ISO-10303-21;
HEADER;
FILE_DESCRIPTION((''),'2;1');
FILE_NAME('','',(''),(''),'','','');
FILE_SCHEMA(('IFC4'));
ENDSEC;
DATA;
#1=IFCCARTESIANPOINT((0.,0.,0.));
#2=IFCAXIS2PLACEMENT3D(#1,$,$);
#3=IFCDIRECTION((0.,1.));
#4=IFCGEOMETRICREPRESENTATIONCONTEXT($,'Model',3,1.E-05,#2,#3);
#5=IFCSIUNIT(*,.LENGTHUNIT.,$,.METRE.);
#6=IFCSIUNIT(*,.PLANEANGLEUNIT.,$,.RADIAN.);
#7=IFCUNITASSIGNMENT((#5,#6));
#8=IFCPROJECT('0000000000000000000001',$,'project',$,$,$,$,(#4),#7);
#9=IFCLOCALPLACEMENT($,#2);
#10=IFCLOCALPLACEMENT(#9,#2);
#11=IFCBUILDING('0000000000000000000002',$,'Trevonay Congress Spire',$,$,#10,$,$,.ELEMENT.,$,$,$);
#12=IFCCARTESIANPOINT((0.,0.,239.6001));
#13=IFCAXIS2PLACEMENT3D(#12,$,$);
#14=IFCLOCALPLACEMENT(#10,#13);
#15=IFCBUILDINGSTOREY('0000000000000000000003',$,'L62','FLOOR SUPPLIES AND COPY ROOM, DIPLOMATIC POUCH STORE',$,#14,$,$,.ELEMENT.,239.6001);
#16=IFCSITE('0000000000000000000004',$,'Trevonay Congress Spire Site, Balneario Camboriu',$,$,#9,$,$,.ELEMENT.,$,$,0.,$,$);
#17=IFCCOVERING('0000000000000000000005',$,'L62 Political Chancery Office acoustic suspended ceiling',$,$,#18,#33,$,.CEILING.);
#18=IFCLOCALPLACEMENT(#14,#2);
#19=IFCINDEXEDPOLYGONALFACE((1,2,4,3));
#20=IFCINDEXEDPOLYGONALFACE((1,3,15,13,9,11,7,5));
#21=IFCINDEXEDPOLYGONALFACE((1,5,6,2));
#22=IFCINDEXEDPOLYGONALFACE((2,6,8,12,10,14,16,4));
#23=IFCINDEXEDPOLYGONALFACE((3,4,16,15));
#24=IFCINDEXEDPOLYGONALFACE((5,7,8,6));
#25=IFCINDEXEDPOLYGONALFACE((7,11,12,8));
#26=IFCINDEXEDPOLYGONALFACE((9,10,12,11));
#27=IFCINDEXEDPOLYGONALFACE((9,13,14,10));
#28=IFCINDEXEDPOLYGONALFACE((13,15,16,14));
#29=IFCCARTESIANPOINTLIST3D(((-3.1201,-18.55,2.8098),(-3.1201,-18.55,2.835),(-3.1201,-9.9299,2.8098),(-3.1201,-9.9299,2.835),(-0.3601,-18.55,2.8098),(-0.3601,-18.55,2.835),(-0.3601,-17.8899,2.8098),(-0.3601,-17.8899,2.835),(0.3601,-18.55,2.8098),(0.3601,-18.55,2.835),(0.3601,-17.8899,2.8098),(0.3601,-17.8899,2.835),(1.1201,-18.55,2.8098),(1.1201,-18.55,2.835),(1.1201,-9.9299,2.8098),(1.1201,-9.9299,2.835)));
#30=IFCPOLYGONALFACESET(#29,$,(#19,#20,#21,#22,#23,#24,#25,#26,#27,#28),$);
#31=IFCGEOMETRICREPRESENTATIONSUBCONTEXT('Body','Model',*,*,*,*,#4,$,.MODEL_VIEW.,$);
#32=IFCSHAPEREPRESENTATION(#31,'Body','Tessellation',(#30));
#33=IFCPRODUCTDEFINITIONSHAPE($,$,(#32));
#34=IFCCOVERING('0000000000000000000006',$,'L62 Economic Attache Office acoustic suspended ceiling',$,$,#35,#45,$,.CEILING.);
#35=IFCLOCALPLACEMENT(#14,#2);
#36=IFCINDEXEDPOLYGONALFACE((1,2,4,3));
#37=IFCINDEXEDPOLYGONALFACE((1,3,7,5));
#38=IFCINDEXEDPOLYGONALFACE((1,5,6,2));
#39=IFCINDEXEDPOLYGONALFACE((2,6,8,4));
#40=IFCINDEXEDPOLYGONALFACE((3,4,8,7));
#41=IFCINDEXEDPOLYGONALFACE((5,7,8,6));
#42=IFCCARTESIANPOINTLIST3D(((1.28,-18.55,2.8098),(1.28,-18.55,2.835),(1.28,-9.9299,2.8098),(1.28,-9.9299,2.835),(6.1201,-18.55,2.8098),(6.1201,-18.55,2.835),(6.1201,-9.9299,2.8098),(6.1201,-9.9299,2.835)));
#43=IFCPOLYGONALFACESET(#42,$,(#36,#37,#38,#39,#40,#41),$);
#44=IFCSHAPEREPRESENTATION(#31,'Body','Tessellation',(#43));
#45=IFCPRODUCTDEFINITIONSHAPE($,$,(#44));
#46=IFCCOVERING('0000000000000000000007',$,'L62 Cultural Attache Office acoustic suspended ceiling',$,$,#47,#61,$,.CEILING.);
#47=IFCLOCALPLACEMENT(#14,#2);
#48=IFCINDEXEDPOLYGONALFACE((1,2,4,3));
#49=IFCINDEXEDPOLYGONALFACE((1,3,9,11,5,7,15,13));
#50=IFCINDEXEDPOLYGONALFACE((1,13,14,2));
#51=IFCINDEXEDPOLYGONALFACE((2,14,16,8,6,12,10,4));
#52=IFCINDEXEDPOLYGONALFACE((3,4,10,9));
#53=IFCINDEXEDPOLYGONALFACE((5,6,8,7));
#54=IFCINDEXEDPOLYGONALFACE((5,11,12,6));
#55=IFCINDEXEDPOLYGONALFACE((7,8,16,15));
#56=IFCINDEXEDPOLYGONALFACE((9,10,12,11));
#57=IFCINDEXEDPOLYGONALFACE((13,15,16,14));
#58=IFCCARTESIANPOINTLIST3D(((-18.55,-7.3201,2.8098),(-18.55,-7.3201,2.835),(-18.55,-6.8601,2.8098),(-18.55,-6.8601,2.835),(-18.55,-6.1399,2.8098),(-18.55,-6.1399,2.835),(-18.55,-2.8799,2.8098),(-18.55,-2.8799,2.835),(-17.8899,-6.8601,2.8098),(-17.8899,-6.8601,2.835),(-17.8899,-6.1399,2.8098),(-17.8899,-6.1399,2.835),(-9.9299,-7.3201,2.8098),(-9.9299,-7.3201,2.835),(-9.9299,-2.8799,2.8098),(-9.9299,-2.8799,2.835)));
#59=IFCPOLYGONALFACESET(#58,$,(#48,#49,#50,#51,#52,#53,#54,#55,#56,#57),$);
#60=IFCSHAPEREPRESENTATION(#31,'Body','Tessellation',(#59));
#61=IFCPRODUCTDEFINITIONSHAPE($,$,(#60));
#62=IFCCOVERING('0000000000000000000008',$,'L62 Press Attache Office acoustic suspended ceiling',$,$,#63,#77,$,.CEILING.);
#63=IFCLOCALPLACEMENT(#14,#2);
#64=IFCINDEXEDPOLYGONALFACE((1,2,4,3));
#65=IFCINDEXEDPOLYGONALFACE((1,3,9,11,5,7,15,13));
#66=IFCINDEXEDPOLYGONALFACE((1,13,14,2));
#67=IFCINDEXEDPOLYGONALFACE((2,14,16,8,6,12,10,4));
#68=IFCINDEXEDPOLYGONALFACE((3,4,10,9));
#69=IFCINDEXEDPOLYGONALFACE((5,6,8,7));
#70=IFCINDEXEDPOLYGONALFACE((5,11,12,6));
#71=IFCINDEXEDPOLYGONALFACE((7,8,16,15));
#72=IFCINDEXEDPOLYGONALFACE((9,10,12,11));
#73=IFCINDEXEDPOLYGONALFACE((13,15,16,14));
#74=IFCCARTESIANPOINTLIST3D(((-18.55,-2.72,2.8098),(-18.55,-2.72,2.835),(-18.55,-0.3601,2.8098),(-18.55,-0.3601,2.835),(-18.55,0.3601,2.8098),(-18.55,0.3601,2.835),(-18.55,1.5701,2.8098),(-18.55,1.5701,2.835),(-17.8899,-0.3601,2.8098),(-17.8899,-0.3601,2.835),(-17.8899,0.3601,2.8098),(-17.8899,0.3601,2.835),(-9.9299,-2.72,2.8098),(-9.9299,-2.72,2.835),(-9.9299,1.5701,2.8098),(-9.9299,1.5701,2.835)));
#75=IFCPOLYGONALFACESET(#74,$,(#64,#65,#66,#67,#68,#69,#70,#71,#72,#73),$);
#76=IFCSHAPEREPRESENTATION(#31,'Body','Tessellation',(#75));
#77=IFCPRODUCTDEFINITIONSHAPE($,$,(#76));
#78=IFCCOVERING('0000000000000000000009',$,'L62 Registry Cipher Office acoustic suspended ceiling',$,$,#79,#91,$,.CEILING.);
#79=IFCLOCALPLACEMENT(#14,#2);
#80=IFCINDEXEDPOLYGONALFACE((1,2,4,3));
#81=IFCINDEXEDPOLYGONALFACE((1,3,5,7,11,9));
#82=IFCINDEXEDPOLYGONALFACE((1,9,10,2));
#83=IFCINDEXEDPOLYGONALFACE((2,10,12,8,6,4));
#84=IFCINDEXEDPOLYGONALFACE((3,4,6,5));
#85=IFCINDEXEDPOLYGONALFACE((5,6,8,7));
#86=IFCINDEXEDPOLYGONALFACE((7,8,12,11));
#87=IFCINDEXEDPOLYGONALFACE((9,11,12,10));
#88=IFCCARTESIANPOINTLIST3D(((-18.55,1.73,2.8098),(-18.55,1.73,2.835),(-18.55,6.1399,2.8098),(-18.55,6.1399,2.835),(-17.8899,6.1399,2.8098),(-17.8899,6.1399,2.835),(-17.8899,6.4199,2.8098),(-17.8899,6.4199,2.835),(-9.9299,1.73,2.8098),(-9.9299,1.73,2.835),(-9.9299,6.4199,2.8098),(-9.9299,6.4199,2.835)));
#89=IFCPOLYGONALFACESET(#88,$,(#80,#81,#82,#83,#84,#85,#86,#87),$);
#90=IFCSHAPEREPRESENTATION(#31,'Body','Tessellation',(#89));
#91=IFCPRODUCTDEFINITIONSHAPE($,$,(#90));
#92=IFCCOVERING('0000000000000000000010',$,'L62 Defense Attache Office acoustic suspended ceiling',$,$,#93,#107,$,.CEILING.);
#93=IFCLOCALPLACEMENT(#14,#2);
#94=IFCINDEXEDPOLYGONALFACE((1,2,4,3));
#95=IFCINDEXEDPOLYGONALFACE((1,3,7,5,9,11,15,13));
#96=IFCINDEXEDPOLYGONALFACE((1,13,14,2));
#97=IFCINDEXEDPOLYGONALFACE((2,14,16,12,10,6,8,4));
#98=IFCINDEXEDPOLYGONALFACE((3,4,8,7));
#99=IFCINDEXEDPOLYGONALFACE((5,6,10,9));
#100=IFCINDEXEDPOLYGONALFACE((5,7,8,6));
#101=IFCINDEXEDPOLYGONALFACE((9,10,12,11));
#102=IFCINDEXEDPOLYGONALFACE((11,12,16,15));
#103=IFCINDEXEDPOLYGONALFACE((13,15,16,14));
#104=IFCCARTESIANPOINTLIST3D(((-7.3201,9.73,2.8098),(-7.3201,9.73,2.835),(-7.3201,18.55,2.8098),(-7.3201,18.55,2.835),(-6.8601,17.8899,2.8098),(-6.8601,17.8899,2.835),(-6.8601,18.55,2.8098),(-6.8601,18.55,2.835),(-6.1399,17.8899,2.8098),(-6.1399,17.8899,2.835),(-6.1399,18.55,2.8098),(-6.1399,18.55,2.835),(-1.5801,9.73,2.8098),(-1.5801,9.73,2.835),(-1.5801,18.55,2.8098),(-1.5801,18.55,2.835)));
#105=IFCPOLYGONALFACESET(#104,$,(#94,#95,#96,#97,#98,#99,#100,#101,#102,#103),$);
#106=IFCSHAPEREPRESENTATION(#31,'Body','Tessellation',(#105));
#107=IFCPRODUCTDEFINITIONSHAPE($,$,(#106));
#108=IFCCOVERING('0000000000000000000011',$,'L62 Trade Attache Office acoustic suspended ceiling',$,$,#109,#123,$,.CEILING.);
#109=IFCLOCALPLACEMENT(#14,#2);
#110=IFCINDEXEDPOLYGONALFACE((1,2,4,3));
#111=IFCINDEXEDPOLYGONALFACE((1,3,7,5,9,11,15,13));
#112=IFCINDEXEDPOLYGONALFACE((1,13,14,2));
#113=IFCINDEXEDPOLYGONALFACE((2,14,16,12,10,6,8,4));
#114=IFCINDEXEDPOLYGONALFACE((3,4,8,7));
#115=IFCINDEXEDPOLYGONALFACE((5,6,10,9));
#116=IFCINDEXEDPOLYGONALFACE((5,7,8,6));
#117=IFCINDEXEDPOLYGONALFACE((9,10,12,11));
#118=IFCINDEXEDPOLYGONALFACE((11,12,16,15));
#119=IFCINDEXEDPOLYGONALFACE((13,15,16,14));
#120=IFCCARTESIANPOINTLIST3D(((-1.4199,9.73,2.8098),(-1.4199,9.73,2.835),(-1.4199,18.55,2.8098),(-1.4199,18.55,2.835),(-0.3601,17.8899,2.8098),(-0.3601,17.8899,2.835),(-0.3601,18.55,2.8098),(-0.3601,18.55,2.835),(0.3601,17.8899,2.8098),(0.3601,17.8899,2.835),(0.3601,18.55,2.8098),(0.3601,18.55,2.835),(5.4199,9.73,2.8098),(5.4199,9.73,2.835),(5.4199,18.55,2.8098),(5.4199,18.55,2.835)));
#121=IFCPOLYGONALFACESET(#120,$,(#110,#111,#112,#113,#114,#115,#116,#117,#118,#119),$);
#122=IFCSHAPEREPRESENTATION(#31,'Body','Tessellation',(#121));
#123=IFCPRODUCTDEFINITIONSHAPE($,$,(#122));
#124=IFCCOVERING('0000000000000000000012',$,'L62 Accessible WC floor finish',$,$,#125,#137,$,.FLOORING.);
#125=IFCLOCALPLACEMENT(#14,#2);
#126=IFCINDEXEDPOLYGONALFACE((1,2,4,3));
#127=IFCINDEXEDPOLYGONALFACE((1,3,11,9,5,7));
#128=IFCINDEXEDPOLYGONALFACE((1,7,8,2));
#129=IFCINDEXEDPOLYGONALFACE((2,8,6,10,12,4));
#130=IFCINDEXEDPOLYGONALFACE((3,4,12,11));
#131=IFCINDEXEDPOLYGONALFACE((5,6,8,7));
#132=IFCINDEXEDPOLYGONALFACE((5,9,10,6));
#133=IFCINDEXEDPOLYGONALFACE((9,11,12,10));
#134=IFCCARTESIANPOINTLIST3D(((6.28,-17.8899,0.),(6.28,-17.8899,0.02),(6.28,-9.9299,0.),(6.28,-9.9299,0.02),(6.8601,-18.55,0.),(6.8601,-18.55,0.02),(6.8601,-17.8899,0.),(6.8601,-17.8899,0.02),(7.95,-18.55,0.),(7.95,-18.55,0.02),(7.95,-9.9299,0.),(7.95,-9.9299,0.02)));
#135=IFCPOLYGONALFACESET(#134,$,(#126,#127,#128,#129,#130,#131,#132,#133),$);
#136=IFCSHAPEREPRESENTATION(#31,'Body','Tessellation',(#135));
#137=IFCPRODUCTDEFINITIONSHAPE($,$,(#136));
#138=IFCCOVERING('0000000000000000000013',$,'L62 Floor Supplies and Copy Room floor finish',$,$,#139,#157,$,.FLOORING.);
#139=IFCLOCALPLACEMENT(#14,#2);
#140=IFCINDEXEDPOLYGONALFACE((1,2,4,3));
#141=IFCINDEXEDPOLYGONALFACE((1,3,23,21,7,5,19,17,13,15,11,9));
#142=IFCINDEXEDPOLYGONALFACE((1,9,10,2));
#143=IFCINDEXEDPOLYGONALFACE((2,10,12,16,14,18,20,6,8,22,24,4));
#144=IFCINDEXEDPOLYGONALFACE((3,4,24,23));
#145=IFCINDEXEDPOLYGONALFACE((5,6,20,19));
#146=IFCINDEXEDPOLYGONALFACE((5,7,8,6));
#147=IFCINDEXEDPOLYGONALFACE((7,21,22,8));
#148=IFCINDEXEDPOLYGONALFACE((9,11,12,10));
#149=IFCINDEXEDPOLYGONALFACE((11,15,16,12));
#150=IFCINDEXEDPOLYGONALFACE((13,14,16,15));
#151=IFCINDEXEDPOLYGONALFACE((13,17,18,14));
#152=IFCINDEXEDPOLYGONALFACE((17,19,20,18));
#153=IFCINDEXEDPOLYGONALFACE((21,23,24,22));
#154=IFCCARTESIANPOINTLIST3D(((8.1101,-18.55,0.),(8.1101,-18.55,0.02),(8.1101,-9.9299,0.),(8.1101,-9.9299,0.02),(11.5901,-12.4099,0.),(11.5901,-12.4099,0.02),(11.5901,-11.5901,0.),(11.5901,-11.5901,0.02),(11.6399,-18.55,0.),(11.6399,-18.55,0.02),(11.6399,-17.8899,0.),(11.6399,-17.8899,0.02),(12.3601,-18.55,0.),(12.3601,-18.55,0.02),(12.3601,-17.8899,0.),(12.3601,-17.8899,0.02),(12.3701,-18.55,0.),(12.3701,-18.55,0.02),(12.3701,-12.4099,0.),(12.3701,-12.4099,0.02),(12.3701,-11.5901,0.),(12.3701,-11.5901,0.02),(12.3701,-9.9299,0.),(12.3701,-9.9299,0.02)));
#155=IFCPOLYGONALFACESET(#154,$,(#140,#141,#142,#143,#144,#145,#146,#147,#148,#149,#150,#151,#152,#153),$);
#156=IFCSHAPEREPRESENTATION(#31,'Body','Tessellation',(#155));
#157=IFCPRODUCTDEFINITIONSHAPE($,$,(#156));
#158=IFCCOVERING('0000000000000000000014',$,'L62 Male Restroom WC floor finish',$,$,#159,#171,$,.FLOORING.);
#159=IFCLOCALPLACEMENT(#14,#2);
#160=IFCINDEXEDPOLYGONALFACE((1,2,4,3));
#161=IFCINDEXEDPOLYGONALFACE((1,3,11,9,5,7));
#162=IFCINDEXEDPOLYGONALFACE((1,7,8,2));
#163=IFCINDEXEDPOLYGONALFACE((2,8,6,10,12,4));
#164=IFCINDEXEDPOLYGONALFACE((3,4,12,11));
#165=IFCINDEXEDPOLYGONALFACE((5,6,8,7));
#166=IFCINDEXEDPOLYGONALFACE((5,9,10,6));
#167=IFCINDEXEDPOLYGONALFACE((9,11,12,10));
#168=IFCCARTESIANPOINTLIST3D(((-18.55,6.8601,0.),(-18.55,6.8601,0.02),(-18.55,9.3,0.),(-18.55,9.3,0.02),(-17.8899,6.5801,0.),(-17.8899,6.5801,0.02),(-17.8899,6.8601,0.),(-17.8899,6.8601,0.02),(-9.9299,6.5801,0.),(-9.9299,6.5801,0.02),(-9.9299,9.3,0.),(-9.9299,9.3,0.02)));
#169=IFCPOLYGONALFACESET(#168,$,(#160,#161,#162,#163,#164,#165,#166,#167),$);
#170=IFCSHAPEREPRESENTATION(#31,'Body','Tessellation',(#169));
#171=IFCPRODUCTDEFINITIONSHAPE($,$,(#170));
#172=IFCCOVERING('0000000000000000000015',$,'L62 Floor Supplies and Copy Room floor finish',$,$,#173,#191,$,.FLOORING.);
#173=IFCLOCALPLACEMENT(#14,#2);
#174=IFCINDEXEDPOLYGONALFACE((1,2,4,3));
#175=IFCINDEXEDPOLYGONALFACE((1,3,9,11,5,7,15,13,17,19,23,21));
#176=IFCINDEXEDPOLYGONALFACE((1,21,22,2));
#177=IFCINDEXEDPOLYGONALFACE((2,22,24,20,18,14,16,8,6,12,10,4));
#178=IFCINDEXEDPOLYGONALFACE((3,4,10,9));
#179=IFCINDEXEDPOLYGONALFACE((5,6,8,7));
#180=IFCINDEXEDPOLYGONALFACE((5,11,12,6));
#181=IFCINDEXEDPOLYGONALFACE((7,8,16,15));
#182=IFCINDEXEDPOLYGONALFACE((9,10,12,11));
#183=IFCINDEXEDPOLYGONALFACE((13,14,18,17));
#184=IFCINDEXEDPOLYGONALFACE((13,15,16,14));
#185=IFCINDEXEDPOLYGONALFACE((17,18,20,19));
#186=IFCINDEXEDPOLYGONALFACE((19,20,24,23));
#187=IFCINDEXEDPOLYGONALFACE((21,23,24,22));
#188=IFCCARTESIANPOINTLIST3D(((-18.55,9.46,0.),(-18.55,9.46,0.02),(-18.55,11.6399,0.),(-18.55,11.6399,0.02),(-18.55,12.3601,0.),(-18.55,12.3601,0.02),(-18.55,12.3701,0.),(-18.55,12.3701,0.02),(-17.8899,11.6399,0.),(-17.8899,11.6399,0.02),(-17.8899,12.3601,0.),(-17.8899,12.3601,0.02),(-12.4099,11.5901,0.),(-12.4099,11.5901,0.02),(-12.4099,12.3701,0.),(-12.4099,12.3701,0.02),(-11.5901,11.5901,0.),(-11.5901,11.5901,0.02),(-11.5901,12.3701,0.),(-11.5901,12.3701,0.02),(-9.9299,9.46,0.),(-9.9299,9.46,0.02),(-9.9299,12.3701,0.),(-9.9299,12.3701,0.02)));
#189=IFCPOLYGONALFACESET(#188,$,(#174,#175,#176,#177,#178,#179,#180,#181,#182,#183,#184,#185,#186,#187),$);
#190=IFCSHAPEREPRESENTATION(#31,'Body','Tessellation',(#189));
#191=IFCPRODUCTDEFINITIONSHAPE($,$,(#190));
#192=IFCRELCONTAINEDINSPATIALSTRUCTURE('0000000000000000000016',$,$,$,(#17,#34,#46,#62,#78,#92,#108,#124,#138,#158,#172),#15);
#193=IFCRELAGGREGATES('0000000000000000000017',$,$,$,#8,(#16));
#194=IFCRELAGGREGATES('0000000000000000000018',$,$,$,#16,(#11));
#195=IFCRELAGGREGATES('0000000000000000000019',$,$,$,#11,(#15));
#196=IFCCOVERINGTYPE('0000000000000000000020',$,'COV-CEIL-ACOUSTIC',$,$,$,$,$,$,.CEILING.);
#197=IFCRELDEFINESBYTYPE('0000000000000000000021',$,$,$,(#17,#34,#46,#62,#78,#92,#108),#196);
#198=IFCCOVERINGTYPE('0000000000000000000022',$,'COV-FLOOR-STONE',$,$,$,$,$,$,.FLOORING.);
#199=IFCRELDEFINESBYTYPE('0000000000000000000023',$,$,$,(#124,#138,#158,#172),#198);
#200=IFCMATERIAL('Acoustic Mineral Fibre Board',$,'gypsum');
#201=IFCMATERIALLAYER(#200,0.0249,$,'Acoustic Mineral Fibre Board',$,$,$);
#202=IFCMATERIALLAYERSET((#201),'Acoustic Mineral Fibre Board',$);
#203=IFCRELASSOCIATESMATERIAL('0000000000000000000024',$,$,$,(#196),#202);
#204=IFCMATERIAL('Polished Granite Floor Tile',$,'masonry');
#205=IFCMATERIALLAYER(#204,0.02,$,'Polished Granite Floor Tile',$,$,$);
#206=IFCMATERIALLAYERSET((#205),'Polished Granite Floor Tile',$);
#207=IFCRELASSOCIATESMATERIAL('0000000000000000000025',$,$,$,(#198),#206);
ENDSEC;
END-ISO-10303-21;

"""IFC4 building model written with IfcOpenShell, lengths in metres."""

from ifc_helpers import new_model, si_unit, direction, frame, origin, place, context, subcontext, project, spatial, polyline, outline, extrude, material, layer, layer_set, type_object, element, save


model = new_model("IFC4")

# Units and contexts
model_context = context("Model", 3, precision=1e-05, world=origin(), true_north=direction((0.0, 1.0)))
body_context = subcontext(model_context, "Body", "Model", "MODEL_VIEW")
ifc_project = project(units=[si_unit("LENGTHUNIT", "METRE"), si_unit("PLANEANGLEUNIT", "RADIAN")], contexts=[model_context])

# Site, building, storey
site_placement = place(None, origin())
site = spatial("IfcSite", under=ifc_project, at=site_placement, Name="Trevonay Congress Spire Site, Balneario Camboriu", CompositionType="ELEMENT", RefElevation=0.0)
building_placement = place(site_placement, origin())
building = spatial("IfcBuilding", under=site, at=building_placement, Name="Trevonay Congress Spire", CompositionType="ELEMENT")
storey_placement = place(building_placement, frame((0.0, 0.0, 239.6001)))
storey = spatial("IfcBuildingStorey", under=building, at=storey_placement, Name="L62", Description="FLOOR SUPPLIES AND COPY ROOM, DIPLOMATIC POUCH STORE", CompositionType="ELEMENT", Elevation=239.6001)

# Coverings
ifc_material_1 = material(Name="Acoustic Mineral Fibre Board", Category="gypsum")
ifc_layer_1 = layer(ifc_material_1, 0.0249, Name="Acoustic Mineral Fibre Board")
ifc_layer_set_1 = layer_set([ifc_layer_1], Name="Acoustic Mineral Fibre Board")
covering_type_1 = type_object("IfcCoveringType", Name="COV-CEIL-ACOUSTIC", PredefinedType="CEILING", material=ifc_layer_set_1)
covering_1_placement = place(storey_placement, frame((0.0, 0.0, 2.8098)))
element("IfcCovering", 1, at=covering_1_placement, inside=storey, type_object=covering_type_1, Name="L62 Political Chancery Office acoustic suspended ceiling", PredefinedType="CEILING", context=body_context, shape_type="SweptSolid", body=[
    extrude(outline(polyline([(-3.1201, -18.55), (-3.1201, -9.9299), (1.1201, -9.9299), (1.1201, -18.55), (0.3601, -18.55), (0.3601, -17.8899), (-0.3601, -17.8899), (-0.3601, -18.55), (-3.1201, -18.55)])), origin(), (0.0, 0.0, 1.0), 0.0251),
])
covering_2_placement = place(storey_placement, frame((0.0, 0.0, 2.8098)))
element("IfcCovering", 2, at=covering_2_placement, inside=storey, type_object=covering_type_1, Name="L62 Economic Attache Office acoustic suspended ceiling", PredefinedType="CEILING", context=body_context, shape_type="SweptSolid", body=[
    extrude(outline(polyline([(1.28, -18.55), (6.1201, -18.55), (6.1201, -9.9299), (1.28, -9.9299), (1.28, -18.55)])), origin(), (0.0, 0.0, 1.0), 0.0251),
])
covering_3_placement = place(storey_placement, frame((0.0, 0.0, 2.8098)))
element("IfcCovering", 3, at=covering_3_placement, inside=storey, type_object=covering_type_1, Name="L62 Cultural Attache Office acoustic suspended ceiling", PredefinedType="CEILING", context=body_context, shape_type="SweptSolid", body=[
    extrude(outline(polyline([(-18.55, -2.8799), (-9.9299, -2.8799), (-9.9299, -7.3201), (-18.55, -7.3201), (-18.55, -6.8601), (-17.8899, -6.8601), (-17.8899, -6.1399), (-18.55, -6.1399), (-18.55, -2.8799)])), origin(), (0.0, 0.0, 1.0), 0.0251),
])
covering_4_placement = place(storey_placement, frame((0.0, 0.0, 2.8098)))
element("IfcCovering", 4, at=covering_4_placement, inside=storey, type_object=covering_type_1, Name="L62 Press Attache Office acoustic suspended ceiling", PredefinedType="CEILING", context=body_context, shape_type="SweptSolid", body=[
    extrude(outline(polyline([(-18.55, 1.5701), (-9.9299, 1.5701), (-9.9299, -2.72), (-18.55, -2.72), (-18.55, -0.3601), (-17.8899, -0.3601), (-17.8899, 0.3601), (-18.55, 0.3601), (-18.55, 1.5701)])), origin(), (0.0, 0.0, 1.0), 0.0251),
])
covering_5_placement = place(storey_placement, frame((0.0, 0.0, 2.8098)))
element("IfcCovering", 5, at=covering_5_placement, inside=storey, type_object=covering_type_1, Name="L62 Registry Cipher Office acoustic suspended ceiling", PredefinedType="CEILING", context=body_context, shape_type="SweptSolid", body=[
    extrude(outline(polyline([(-9.9299, 6.4199), (-9.9299, 1.73), (-18.55, 1.73), (-18.55, 6.1399), (-17.8899, 6.1399), (-17.8899, 6.4199), (-9.9299, 6.4199)])), origin(), (0.0, 0.0, 1.0), 0.0251),
])
covering_6_placement = place(storey_placement, frame((0.0, 0.0, 2.8098)))
element("IfcCovering", 6, at=covering_6_placement, inside=storey, type_object=covering_type_1, Name="L62 Defense Attache Office acoustic suspended ceiling", PredefinedType="CEILING", context=body_context, shape_type="SweptSolid", body=[
    extrude(outline(polyline([(-1.5801, 18.55), (-1.5801, 9.73), (-7.3201, 9.73), (-7.3201, 18.55), (-6.8601, 18.55), (-6.8601, 17.8899), (-6.1399, 17.8899), (-6.1399, 18.55), (-1.5801, 18.55)])), origin(), (0.0, 0.0, 1.0), 0.0251),
])
covering_7_placement = place(storey_placement, frame((0.0, 0.0, 2.8098)))
element("IfcCovering", 7, at=covering_7_placement, inside=storey, type_object=covering_type_1, Name="L62 Trade Attache Office acoustic suspended ceiling", PredefinedType="CEILING", context=body_context, shape_type="SweptSolid", body=[
    extrude(outline(polyline([(5.4199, 18.55), (5.4199, 9.73), (-1.4199, 9.73), (-1.4199, 18.55), (-0.3601, 18.55), (-0.3601, 17.8899), (0.3601, 17.8899), (0.3601, 18.55), (5.4199, 18.55)])), origin(), (0.0, 0.0, 1.0), 0.0251),
])
ifc_material_2 = material(Name="Polished Granite Floor Tile", Category="masonry")
ifc_layer_2 = layer(ifc_material_2, 0.02, Name="Polished Granite Floor Tile")
ifc_layer_set_2 = layer_set([ifc_layer_2], Name="Polished Granite Floor Tile")
covering_type_2 = type_object("IfcCoveringType", Name="COV-FLOOR-STONE", PredefinedType="FLOORING", material=ifc_layer_set_2)
covering_8_placement = place(storey_placement, origin())
element("IfcCovering", 8, at=covering_8_placement, inside=storey, type_object=covering_type_2, Name="L62 Accessible WC floor finish", PredefinedType="FLOORING", context=body_context, shape_type="SweptSolid", body=[
    extrude(outline(polyline([(6.28, -9.9299), (7.95, -9.9299), (7.95, -18.55), (6.8601, -18.55), (6.8601, -17.8899), (6.28, -17.8899), (6.28, -9.9299)])), origin(), (0.0, 0.0, 1.0), 0.02),
])
covering_9_placement = place(storey_placement, origin())
element("IfcCovering", 9, at=covering_9_placement, inside=storey, type_object=covering_type_2, Name="L62 Floor Supplies and Copy Room floor finish", PredefinedType="FLOORING", context=body_context, shape_type="SweptSolid", body=[
    extrude(outline(polyline([(8.1101, -18.55), (8.1101, -9.9299), (12.3701, -9.9299), (12.3701, -11.5901), (11.5901, -11.5901), (11.5901, -12.4099), (12.3701, -12.4099), (12.3701, -18.55), (12.3601, -18.55), (12.3601, -17.8899), (11.6399, -17.8899), (11.6399, -18.55), (8.1101, -18.55)])), origin(), (0.0, 0.0, 1.0), 0.02),
])
covering_10_placement = place(storey_placement, origin())
element("IfcCovering", 10, at=covering_10_placement, inside=storey, type_object=covering_type_2, Name="L62 Male Restroom WC floor finish", PredefinedType="FLOORING", context=body_context, shape_type="SweptSolid", body=[
    extrude(outline(polyline([(-18.55, 9.3), (-9.9299, 9.3), (-9.9299, 6.5801), (-17.8899, 6.5801), (-17.8899, 6.8601), (-18.55, 6.8601), (-18.55, 9.3)])), origin(), (0.0, 0.0, 1.0), 0.02),
])
covering_11_placement = place(storey_placement, origin())
element("IfcCovering", 11, at=covering_11_placement, inside=storey, type_object=covering_type_2, Name="L62 Floor Supplies and Copy Room floor finish", PredefinedType="FLOORING", context=body_context, shape_type="SweptSolid", body=[
    extrude(outline(polyline([(-9.9299, 12.3701), (-9.9299, 9.46), (-18.55, 9.46), (-18.55, 11.6399), (-17.8899, 11.6399), (-17.8899, 12.3601), (-18.55, 12.3601), (-18.55, 12.3701), (-12.4099, 12.3701), (-12.4099, 11.5901), (-11.5901, 11.5901), (-11.5901, 12.3701), (-9.9299, 12.3701)])), origin(), (0.0, 0.0, 1.0), 0.02),
])

save(model, "model.ifc")
